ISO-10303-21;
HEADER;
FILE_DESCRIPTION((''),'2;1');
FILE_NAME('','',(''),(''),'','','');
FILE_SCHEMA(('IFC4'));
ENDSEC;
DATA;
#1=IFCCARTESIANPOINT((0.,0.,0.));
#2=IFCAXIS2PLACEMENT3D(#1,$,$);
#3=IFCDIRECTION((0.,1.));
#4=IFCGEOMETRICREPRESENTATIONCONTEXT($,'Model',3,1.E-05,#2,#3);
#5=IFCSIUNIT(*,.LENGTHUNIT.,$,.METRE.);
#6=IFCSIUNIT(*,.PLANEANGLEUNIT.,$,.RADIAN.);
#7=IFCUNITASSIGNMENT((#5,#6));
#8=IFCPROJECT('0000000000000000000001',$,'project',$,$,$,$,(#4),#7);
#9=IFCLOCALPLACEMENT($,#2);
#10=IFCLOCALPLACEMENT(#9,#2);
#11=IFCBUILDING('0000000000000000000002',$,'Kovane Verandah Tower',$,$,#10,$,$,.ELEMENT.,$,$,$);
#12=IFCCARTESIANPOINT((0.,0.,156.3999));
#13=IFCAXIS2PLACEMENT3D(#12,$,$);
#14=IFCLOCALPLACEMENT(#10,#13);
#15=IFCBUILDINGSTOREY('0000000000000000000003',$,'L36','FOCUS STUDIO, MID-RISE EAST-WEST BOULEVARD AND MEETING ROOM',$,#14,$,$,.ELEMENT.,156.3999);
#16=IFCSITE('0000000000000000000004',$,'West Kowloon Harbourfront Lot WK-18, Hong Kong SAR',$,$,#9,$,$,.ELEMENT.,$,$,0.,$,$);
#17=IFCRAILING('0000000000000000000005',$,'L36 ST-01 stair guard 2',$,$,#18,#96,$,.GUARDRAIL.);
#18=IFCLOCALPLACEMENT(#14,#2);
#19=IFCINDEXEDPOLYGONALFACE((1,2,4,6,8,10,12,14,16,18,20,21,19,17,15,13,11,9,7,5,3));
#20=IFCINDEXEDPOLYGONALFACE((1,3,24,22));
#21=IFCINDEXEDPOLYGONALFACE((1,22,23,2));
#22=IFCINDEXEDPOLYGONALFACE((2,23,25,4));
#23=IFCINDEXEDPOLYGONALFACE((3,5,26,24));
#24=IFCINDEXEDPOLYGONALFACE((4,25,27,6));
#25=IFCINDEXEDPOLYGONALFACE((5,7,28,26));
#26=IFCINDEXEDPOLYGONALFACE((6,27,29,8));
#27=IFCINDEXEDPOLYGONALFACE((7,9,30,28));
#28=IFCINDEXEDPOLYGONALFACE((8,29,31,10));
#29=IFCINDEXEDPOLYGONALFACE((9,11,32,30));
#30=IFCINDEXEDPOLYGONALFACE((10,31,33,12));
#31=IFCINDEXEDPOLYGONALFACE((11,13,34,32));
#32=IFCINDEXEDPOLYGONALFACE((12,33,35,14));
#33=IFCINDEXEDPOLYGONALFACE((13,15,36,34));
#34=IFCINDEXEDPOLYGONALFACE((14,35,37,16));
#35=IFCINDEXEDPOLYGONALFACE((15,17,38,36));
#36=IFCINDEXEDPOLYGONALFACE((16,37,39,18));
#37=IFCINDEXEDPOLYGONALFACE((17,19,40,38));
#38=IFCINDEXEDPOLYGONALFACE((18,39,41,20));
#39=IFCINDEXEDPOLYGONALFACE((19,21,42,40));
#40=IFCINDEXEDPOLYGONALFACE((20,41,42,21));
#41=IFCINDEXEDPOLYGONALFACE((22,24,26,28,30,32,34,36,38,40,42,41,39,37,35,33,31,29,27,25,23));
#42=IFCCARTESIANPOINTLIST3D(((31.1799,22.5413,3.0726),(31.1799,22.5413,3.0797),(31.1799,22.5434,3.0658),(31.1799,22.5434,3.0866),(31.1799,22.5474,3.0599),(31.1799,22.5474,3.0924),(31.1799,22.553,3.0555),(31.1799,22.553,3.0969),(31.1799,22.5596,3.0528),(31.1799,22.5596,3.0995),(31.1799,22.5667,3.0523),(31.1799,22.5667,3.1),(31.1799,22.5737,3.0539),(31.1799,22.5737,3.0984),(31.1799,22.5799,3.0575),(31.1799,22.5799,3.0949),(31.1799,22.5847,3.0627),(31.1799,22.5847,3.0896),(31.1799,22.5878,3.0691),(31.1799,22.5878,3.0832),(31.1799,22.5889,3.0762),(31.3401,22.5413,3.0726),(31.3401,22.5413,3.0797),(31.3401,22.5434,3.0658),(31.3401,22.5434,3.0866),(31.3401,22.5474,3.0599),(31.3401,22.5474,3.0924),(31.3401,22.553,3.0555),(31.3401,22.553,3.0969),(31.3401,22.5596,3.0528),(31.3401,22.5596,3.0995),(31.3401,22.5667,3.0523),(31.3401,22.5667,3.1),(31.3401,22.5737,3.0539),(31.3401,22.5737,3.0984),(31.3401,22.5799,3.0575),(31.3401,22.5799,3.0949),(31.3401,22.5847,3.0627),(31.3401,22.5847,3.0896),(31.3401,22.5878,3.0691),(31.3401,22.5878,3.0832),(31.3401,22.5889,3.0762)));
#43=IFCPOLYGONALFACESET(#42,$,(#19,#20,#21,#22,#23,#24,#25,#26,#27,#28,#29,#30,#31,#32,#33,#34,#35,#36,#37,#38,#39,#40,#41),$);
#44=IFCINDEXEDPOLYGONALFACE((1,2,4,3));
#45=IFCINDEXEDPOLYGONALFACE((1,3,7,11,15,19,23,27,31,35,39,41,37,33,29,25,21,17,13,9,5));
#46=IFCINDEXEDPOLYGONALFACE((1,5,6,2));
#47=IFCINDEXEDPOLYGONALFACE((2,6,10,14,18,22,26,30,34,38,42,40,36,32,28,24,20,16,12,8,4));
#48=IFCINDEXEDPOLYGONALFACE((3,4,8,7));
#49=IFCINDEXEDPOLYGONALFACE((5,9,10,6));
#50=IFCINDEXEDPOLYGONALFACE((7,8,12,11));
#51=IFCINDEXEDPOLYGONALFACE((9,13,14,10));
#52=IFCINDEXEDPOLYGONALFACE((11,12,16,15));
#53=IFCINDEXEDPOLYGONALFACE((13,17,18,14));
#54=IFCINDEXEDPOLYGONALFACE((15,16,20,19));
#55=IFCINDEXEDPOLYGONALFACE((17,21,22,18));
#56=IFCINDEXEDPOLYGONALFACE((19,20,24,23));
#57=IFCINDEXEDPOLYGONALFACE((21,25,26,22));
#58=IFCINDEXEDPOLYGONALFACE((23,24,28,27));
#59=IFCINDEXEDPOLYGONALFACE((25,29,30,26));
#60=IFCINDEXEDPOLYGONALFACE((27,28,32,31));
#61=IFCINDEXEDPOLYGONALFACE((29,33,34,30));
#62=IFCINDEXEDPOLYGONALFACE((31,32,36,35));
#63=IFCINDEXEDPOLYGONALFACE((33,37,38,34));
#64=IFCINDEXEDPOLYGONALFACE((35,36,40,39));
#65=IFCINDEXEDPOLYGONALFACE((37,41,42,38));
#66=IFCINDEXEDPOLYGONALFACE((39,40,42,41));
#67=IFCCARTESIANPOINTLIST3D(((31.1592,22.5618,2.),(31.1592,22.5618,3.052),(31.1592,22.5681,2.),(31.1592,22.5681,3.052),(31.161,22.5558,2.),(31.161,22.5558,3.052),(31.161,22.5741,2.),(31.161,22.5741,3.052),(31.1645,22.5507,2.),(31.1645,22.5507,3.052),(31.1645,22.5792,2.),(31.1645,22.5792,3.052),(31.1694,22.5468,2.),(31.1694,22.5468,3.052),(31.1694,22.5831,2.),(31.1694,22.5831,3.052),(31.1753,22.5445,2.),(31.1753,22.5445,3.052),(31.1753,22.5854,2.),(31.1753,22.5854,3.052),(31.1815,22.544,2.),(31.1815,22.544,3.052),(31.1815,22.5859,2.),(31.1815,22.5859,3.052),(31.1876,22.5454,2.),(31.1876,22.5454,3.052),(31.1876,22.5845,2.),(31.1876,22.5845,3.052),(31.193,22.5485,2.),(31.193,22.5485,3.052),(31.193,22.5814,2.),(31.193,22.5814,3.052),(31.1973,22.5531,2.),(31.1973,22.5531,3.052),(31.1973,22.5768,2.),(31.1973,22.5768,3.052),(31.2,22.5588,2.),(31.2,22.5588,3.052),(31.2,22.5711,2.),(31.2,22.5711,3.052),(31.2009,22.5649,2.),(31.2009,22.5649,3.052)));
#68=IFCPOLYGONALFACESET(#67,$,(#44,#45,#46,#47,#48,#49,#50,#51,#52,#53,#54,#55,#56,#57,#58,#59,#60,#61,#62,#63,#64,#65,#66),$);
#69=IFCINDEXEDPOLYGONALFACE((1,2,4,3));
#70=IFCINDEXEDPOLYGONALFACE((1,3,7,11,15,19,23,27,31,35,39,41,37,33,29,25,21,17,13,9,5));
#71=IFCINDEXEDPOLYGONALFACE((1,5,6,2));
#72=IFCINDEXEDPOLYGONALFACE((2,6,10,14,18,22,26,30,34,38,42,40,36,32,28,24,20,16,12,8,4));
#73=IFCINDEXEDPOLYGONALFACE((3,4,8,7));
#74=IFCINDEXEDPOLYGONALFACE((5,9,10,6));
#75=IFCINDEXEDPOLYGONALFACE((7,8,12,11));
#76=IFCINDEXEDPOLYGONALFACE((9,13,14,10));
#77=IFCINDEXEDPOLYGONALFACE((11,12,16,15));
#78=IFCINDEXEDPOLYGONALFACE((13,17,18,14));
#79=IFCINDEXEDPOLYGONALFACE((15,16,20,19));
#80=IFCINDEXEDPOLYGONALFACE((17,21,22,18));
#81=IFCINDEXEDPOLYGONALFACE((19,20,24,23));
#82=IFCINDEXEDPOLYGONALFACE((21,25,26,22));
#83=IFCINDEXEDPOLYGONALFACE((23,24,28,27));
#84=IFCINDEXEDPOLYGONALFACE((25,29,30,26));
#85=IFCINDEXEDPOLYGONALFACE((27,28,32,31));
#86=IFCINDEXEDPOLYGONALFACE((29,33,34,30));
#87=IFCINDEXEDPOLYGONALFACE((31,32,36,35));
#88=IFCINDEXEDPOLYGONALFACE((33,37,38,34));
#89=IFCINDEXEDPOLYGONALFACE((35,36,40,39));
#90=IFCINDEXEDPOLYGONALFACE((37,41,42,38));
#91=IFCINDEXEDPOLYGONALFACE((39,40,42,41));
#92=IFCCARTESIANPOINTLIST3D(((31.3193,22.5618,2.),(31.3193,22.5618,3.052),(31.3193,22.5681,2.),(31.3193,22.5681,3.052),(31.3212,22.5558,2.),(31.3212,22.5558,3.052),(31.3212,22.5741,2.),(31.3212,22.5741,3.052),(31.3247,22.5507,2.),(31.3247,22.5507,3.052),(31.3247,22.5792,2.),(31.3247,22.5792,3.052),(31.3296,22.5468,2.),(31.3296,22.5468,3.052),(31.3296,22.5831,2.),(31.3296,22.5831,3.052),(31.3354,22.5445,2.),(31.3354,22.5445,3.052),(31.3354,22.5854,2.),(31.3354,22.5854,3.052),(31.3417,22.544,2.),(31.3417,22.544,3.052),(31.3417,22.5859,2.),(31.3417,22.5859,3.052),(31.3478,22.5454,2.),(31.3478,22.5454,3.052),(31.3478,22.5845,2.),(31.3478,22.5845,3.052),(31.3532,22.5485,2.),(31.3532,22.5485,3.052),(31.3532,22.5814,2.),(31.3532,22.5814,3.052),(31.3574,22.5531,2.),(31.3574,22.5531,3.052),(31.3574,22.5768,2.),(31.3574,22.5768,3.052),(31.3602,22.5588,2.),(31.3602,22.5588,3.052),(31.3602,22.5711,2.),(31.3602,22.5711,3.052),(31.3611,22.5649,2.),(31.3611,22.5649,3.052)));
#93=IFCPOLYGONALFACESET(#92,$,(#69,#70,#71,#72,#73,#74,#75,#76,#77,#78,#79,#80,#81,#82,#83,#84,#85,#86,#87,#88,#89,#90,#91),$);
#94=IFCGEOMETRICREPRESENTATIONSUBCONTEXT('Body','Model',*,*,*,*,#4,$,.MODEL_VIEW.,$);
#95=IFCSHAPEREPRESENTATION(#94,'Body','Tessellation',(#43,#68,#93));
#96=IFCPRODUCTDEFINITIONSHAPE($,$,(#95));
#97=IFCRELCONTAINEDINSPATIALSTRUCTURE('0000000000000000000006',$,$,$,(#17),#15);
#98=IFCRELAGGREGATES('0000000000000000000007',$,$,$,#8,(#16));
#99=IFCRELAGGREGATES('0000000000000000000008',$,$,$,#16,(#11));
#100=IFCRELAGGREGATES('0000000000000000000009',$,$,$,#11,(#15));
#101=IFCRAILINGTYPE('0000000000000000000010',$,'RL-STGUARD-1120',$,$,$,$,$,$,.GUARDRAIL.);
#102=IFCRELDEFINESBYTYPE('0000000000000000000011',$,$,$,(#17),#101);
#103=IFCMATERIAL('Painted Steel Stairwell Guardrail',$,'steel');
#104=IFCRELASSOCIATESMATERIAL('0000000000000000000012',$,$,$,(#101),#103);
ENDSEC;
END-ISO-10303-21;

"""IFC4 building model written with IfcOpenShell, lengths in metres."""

from ifc_helpers import new_model, si_unit, direction, frame, origin, origin_2d, place, context, subcontext, project, spatial, circle, extrude, material, type_object, element, save


model = new_model("IFC4")

# Units and contexts
model_context = context("Model", 3, precision=1e-05, world=origin(), true_north=direction((0.0, 1.0)))
body_context = subcontext(model_context, "Body", "Model", "MODEL_VIEW")
ifc_project = project(units=[si_unit("LENGTHUNIT", "METRE"), si_unit("PLANEANGLEUNIT", "RADIAN")], contexts=[model_context])

# Site, building, storey
site_placement = place(None, origin())
site = spatial("IfcSite", under=ifc_project, at=site_placement, Name="West Kowloon Harbourfront Lot WK-18, Hong Kong SAR", CompositionType="ELEMENT", RefElevation=0.0)
building_placement = place(site_placement, origin())
building = spatial("IfcBuilding", under=site, at=building_placement, Name="Kovane Verandah Tower", CompositionType="ELEMENT")
storey_placement = place(building_placement, frame((0.0, 0.0, 156.3999)))
storey = spatial("IfcBuildingStorey", under=building, at=storey_placement, Name="L36", Description="FOCUS STUDIO, MID-RISE EAST-WEST BOULEVARD AND MEETING ROOM", CompositionType="ELEMENT", Elevation=156.3999)

# Railing
ifc_material_1 = material(Name="Painted Steel Stairwell Guardrail", Category="steel")
railing_type_1 = type_object("IfcRailingType", Name="RL-STGUARD-1120", PredefinedType="GUARDRAIL", material=ifc_material_1)
railing_1_placement = place(storey_placement, frame((31.1799, 22.5649, 2.0)))
element("IfcRailing", 1, at=railing_1_placement, inside=storey, type_object=railing_type_1, Name="L36 ST-01 stair guard 2", PredefinedType="GUARDRAIL", context=body_context, shape_type="SweptSolid", body=[
    extrude(circle(Radius=0.0239, at=origin_2d()), frame((0.0, 0.0, 1.0762), z_axis=(1.0, 0.0, 0.0), x_axis=(0.0, 1.0, 0.0)), (0.0, 0.0, 1.0), 0.1602),
    extrude(circle(Radius=0.021, at=origin_2d()), origin(), (0.0, 0.0, 1.0), 1.052),
    extrude(circle(Radius=0.021, at=origin_2d()), frame((0.1602, 0.0, 0.0)), (0.0, 0.0, 1.0), 1.052),
])

save(model, "model.ifc")
